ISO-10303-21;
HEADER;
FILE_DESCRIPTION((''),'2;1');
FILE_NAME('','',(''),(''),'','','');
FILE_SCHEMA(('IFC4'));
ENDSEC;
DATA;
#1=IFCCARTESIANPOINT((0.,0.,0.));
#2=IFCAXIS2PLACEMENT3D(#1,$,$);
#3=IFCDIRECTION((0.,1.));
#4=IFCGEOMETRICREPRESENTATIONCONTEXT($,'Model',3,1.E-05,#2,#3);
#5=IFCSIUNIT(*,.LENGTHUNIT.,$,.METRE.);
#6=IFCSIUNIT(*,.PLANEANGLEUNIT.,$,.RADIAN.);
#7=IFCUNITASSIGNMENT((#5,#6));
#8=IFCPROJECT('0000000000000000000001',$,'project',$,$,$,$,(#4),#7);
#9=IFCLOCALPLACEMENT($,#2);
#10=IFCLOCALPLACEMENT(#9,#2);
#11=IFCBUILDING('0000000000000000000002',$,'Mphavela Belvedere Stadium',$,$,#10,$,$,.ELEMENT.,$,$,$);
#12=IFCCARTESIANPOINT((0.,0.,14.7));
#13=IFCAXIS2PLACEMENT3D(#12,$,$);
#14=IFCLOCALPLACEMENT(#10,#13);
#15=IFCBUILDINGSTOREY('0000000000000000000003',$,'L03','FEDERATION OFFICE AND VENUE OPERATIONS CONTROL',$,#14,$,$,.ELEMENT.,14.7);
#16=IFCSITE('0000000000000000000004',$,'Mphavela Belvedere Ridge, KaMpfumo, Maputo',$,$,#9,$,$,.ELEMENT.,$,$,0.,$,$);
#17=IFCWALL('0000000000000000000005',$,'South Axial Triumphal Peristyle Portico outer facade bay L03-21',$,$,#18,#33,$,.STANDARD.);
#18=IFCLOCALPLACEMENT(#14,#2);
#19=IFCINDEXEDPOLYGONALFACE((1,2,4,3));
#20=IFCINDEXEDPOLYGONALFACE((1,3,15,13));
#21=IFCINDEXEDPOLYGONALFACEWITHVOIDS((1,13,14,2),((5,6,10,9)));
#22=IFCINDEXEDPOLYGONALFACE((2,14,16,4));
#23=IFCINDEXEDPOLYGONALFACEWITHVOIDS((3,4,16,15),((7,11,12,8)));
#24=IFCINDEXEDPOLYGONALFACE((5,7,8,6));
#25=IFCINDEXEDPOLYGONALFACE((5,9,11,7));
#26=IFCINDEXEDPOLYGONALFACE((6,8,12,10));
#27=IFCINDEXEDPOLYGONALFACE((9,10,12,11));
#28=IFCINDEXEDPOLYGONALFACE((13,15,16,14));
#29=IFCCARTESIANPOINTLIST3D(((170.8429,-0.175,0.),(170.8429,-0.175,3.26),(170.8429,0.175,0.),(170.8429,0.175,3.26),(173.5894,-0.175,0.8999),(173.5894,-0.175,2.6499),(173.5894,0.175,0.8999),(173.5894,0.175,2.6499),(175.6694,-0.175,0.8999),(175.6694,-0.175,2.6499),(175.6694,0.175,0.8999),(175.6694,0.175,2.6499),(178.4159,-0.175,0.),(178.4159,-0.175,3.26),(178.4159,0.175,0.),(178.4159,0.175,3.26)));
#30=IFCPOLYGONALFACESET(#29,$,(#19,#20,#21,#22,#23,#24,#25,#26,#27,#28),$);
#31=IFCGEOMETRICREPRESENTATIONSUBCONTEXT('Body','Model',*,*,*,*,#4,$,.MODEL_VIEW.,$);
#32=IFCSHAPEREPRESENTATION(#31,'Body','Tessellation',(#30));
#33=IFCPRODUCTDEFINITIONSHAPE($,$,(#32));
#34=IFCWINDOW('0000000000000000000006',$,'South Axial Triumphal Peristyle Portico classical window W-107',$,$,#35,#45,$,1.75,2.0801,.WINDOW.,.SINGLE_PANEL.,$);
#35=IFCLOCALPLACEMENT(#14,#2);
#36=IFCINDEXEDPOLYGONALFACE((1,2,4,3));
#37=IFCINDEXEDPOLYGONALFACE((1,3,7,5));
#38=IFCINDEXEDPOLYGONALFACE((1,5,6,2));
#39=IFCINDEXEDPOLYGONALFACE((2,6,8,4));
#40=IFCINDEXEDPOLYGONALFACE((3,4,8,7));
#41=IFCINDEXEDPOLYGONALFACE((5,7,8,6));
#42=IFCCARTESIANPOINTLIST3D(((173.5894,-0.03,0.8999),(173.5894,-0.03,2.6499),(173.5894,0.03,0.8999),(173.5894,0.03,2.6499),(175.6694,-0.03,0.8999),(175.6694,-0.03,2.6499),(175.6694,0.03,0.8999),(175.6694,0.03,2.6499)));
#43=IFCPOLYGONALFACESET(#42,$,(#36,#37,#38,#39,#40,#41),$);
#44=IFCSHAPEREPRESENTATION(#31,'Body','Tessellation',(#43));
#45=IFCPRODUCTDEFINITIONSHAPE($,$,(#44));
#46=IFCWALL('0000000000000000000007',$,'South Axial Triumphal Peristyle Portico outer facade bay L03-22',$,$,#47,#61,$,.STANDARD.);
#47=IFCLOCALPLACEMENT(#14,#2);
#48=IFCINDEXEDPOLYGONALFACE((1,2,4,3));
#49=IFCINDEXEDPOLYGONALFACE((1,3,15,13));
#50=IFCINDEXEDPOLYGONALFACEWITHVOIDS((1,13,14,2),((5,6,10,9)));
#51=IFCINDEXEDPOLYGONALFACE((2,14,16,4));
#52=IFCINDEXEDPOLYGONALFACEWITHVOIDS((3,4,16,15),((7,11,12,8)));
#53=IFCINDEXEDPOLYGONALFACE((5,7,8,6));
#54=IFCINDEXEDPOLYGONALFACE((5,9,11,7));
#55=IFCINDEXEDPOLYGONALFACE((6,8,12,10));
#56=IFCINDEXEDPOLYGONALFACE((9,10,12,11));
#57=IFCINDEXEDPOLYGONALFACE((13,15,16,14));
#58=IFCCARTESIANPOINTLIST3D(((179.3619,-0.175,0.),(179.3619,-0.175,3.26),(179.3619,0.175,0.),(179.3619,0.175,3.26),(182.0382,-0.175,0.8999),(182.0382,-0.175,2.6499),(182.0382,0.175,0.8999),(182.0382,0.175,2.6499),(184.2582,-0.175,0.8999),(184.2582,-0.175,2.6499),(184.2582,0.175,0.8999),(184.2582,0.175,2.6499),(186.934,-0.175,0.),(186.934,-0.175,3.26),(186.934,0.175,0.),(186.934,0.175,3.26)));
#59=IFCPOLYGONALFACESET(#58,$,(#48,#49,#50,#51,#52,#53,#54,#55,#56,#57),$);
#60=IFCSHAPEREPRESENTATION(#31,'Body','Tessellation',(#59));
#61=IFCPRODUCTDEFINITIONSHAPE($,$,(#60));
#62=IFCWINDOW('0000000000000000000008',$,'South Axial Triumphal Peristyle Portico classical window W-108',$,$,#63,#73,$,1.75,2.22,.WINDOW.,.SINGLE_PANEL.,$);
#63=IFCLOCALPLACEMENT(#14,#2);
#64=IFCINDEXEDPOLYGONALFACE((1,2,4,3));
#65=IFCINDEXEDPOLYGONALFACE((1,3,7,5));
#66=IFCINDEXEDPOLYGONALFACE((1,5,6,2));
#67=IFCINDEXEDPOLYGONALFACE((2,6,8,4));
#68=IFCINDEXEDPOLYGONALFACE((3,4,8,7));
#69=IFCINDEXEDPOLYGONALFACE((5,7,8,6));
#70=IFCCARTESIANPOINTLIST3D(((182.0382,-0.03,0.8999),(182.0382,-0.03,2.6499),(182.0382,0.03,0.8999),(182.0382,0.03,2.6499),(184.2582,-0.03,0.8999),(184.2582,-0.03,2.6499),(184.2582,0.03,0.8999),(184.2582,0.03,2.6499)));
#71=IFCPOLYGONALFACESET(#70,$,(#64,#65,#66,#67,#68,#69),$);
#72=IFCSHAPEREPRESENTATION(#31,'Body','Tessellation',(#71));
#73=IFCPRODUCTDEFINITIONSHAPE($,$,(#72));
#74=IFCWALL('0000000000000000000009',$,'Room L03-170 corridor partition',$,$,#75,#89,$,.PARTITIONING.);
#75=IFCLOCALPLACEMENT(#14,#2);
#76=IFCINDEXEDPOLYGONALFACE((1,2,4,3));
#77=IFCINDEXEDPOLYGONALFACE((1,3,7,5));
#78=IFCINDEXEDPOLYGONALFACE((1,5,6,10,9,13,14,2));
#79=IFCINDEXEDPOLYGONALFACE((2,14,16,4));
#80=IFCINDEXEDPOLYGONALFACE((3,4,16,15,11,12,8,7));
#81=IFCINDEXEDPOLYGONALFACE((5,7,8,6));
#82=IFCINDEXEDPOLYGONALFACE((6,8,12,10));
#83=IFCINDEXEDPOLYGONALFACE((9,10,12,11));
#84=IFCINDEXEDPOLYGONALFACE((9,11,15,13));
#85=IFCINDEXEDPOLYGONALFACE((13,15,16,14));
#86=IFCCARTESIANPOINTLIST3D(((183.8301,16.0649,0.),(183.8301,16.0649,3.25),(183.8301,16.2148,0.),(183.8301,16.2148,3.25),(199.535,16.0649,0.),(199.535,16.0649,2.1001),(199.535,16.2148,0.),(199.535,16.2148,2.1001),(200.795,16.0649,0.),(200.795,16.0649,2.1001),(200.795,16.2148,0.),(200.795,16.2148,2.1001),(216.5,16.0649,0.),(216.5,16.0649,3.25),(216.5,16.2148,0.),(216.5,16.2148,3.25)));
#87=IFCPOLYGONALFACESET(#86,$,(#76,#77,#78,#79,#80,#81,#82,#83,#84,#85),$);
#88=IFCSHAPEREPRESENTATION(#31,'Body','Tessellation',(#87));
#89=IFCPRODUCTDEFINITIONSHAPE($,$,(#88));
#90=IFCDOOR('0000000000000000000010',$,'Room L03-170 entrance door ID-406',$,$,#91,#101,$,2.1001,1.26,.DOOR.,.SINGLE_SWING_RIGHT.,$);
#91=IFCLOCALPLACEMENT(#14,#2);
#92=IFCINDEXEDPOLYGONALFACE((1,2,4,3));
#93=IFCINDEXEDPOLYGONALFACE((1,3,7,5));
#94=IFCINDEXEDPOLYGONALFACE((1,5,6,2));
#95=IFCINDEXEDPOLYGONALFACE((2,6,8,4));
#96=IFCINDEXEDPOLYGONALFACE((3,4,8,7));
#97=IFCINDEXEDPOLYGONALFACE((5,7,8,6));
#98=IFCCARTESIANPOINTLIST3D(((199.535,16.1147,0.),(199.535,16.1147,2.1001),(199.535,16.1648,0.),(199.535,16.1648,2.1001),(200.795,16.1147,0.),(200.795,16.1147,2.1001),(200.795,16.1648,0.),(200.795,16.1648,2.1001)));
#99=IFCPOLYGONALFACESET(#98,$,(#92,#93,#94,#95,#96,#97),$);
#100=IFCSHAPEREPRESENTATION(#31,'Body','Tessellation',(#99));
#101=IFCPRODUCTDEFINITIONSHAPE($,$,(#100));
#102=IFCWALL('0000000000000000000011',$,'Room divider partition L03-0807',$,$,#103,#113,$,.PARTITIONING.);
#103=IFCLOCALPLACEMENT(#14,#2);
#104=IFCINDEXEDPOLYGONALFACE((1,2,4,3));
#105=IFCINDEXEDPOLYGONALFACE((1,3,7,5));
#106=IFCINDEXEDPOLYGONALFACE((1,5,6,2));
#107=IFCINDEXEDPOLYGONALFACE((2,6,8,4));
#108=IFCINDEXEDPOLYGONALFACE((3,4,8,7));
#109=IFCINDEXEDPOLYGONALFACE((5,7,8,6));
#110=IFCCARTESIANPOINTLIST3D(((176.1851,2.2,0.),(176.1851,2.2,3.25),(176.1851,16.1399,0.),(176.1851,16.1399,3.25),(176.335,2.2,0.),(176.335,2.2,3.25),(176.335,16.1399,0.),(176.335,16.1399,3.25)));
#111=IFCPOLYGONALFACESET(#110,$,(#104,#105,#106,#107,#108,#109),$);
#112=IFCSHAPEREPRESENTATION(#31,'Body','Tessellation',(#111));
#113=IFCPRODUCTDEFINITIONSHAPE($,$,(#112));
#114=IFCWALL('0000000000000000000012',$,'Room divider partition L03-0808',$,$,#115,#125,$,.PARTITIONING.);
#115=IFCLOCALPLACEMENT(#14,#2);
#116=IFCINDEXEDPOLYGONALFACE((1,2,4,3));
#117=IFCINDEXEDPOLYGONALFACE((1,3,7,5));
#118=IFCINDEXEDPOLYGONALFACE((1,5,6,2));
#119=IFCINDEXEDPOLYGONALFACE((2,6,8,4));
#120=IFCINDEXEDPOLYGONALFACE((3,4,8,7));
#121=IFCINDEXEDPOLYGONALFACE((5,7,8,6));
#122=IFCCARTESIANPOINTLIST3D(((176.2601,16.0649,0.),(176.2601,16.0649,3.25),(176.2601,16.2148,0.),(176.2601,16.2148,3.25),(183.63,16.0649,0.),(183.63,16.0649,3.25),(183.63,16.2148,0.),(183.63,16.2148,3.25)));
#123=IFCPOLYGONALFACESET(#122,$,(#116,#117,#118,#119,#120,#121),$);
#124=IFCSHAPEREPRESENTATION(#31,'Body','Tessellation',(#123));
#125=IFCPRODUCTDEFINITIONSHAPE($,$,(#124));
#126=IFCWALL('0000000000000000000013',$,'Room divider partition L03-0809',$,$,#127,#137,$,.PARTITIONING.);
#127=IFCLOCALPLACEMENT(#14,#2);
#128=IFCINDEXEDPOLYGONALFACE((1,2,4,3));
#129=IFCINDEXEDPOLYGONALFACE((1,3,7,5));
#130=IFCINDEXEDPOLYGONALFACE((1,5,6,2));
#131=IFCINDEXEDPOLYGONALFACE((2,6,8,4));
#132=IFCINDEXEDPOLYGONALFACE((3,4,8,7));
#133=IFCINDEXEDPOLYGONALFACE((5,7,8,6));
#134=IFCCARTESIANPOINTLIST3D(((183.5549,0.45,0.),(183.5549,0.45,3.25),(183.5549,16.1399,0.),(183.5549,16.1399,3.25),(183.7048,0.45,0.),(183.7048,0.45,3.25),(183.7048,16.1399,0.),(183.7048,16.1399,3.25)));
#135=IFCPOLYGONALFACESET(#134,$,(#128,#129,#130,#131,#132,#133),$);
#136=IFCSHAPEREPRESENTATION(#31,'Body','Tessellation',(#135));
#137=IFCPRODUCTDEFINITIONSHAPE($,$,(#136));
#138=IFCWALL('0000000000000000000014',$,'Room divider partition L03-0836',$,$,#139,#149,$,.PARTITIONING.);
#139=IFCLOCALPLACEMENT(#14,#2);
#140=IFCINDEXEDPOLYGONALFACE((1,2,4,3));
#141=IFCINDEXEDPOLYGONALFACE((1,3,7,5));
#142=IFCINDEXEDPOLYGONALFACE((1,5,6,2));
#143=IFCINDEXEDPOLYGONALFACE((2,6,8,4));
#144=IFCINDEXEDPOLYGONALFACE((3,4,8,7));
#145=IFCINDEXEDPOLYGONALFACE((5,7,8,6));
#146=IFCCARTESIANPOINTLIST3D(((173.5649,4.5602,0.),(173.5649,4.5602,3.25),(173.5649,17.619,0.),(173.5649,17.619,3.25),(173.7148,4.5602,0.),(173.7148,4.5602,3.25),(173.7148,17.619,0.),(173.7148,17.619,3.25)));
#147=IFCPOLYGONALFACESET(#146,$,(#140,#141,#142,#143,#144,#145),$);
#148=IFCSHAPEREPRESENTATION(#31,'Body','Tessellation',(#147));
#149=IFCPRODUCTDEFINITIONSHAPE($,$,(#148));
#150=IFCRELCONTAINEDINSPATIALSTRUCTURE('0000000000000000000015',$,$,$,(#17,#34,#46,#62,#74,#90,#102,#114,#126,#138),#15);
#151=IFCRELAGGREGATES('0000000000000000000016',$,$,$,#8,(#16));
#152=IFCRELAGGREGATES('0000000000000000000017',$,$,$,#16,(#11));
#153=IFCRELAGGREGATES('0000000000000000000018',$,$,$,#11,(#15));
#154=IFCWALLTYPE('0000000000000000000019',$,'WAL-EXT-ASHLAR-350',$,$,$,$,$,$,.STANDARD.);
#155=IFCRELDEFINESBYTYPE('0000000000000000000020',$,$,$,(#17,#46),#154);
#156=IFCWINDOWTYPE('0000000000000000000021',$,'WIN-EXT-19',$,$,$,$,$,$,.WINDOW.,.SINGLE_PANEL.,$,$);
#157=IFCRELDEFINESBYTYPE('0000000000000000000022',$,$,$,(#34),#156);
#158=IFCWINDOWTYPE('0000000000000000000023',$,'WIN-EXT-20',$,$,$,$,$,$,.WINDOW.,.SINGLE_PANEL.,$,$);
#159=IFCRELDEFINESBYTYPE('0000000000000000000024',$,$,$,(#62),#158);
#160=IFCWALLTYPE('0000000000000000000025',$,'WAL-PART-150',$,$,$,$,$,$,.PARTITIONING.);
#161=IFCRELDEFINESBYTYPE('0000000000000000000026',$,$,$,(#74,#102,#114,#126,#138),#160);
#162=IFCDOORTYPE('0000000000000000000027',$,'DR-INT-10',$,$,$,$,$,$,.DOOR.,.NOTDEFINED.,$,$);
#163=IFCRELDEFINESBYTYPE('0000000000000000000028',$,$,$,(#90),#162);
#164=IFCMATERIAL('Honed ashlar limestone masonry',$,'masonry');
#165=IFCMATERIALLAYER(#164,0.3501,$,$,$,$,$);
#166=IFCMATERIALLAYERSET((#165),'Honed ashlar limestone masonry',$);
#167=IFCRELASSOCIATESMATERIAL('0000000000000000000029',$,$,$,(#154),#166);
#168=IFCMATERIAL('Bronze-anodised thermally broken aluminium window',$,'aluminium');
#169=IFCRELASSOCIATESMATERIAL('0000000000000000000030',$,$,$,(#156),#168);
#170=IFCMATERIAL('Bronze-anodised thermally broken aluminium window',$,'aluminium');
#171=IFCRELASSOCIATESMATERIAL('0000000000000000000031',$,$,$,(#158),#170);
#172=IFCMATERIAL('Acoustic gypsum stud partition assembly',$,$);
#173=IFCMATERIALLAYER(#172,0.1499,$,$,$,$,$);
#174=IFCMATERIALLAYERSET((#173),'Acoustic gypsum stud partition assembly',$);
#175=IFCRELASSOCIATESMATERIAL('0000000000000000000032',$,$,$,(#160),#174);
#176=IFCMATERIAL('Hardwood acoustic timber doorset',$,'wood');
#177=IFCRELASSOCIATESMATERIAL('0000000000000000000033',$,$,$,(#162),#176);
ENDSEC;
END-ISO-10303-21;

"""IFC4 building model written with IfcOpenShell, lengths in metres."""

from ifc_helpers import new_model, si_unit, direction, frame, frame_2d, origin, place, context, subcontext, project, spatial, rectangle, extrude, material, layer, layer_set, type_object, element, fill, save


model = new_model("IFC4")

# Units and contexts
model_context = context("Model", 3, precision=1e-05, world=origin(), true_north=direction((0.0, 1.0)))
body_context = subcontext(model_context, "Body", "Model", "MODEL_VIEW")
ifc_project = project(units=[si_unit("LENGTHUNIT", "METRE"), si_unit("PLANEANGLEUNIT", "RADIAN")], contexts=[model_context])

# Site, building, storey
site_placement = place(None, origin())
site = spatial("IfcSite", under=ifc_project, at=site_placement, Name="Mphavela Belvedere Ridge, KaMpfumo, Maputo", CompositionType="ELEMENT", RefElevation=0.0)
building_placement = place(site_placement, origin())
building = spatial("IfcBuilding", under=site, at=building_placement, Name="Mphavela Belvedere Stadium", CompositionType="ELEMENT")
storey_placement = place(building_placement, frame((0.0, 0.0, 14.7)))
storey = spatial("IfcBuildingStorey", under=building, at=storey_placement, Name="L03", Description="FEDERATION OFFICE AND VENUE OPERATIONS CONTROL", CompositionType="ELEMENT", Elevation=14.7)

# Walls, openings, windows
ifc_material_1 = material(Name="Honed ashlar limestone masonry", Category="masonry")
ifc_layer_1 = layer(ifc_material_1, 0.3501)
ifc_layer_set_1 = layer_set([ifc_layer_1], Name="Honed ashlar limestone masonry")
wall_type_1 = type_object("IfcWallType", Name="WAL-EXT-ASHLAR-350", PredefinedType="STANDARD", material=ifc_layer_set_1)
wall_1_placement = place(storey_placement, frame((178.416, 0.0, 0.0), z_axis=(0.0, 0.0, 1.0), x_axis=(-1.0, 0.0, 0.0)))
wall_1 = element("IfcWall", 1, at=wall_1_placement, inside=storey, type_object=wall_type_1, Name="South Axial Triumphal Peristyle Portico outer facade bay L03-21", PredefinedType="STANDARD", context=body_context, shape_type="SweptSolid", body=[
    extrude(rectangle(XDim=7.573, YDim=0.3501, at=frame_2d((3.7866, 0.0))), origin(), (0.0, 0.0, 1.0), 3.26),
])
opening_1_placement = place(wall_1_placement, frame((2.7466, 0.0, 0.8999)))
opening_1 = element("IfcOpeningElement", 2, at=opening_1_placement, cuts=wall_1, PredefinedType="OPENING", context=body_context, shape_type="SweptSolid", body=[
    extrude(rectangle(XDim=2.0801, YDim=1.75, at=frame_2d((1.04, 0.875))), frame((0.0, 0.1851, 0.0), z_axis=(0.0, -1.0, 0.0), x_axis=(1.0, 0.0, 0.0)), (0.0, 0.0, 1.0), 0.3701),
])
ifc_material_2 = material(Name="Bronze-anodised thermally broken aluminium window", Category="aluminium")
window_type_1 = type_object("IfcWindowType", Name="WIN-EXT-19", PartitioningType="SINGLE_PANEL", PredefinedType="WINDOW", material=ifc_material_2)
window_1_placement = place(opening_1_placement, origin())
window_1 = element("IfcWindow", 3, at=window_1_placement, inside=storey, type_object=window_type_1, Name="South Axial Triumphal Peristyle Portico classical window W-107", OverallHeight=1.75, OverallWidth=2.0801, PartitioningType="SINGLE_PANEL", PredefinedType="WINDOW", context=body_context, shape_type="SweptSolid", body=[
    extrude(rectangle(XDim=2.0801, YDim=1.75, at=frame_2d((1.04, 0.875))), frame((0.0, 0.03, 0.0), z_axis=(0.0, -1.0, 0.0), x_axis=(1.0, 0.0, 0.0)), (0.0, 0.0, 1.0), 0.0601),
])
fill(opening_1, window_1)
wall_2_placement = place(storey_placement, frame((186.9341, 0.0, 0.0), z_axis=(0.0, 0.0, 1.0), x_axis=(-1.0, 0.0, 0.0)))
wall_2 = element("IfcWall", 4, at=wall_2_placement, inside=storey, type_object=wall_type_1, Name="South Axial Triumphal Peristyle Portico outer facade bay L03-22", PredefinedType="STANDARD", context=body_context, shape_type="SweptSolid", body=[
    extrude(rectangle(XDim=7.572, YDim=0.3501, at=frame_2d((3.7861, 0.0))), origin(), (0.0, 0.0, 1.0), 3.26),
])
opening_2_placement = place(wall_2_placement, frame((2.676, 0.0, 0.8999)))
opening_2 = element("IfcOpeningElement", 5, at=opening_2_placement, cuts=wall_2, PredefinedType="OPENING", context=body_context, shape_type="SweptSolid", body=[
    extrude(rectangle(XDim=2.22, YDim=1.75, at=frame_2d((1.1099, 0.875))), frame((0.0, 0.1851, 0.0), z_axis=(0.0, -1.0, 0.0), x_axis=(1.0, 0.0, 0.0)), (0.0, 0.0, 1.0), 0.3701),
])
ifc_material_3 = material(Name="Bronze-anodised thermally broken aluminium window", Category="aluminium")
window_type_2 = type_object("IfcWindowType", Name="WIN-EXT-20", PartitioningType="SINGLE_PANEL", PredefinedType="WINDOW", material=ifc_material_3)
window_2_placement = place(opening_2_placement, origin())
window_2 = element("IfcWindow", 6, at=window_2_placement, inside=storey, type_object=window_type_2, Name="South Axial Triumphal Peristyle Portico classical window W-108", OverallHeight=1.75, OverallWidth=2.22, PartitioningType="SINGLE_PANEL", PredefinedType="WINDOW", context=body_context, shape_type="SweptSolid", body=[
    extrude(rectangle(XDim=2.22, YDim=1.75, at=frame_2d((1.1099, 0.875))), frame((0.0, 0.03, 0.0), z_axis=(0.0, -1.0, 0.0), x_axis=(1.0, 0.0, 0.0)), (0.0, 0.0, 1.0), 0.0601),
])
fill(opening_2, window_2)

# Wall, opening, door
ifc_material_4 = material(Name="Acoustic gypsum stud partition assembly")
ifc_layer_2 = layer(ifc_material_4, 0.1499)
ifc_layer_set_2 = layer_set([ifc_layer_2], Name="Acoustic gypsum stud partition assembly")
wall_type_2 = type_object("IfcWallType", Name="WAL-PART-150", PredefinedType="PARTITIONING", material=ifc_layer_set_2)
wall_3_placement = place(storey_placement, frame((183.8301, 16.1399, 0.0), z_axis=(0.0, 0.0, 1.0), x_axis=(1.0, 0.0, 0.0)))
wall_3 = element("IfcWall", 7, at=wall_3_placement, inside=storey, type_object=wall_type_2, Name="Room L03-170 corridor partition", PredefinedType="PARTITIONING", context=body_context, shape_type="SweptSolid", body=[
    extrude(rectangle(XDim=32.6699, YDim=0.1499, at=frame_2d((16.335, 0.0))), origin(), (0.0, 0.0, 1.0), 3.25),
])
opening_3_placement = place(wall_3_placement, frame((15.7051, 0.0, 0.0)))
opening_3 = element("IfcOpeningElement", 8, at=opening_3_placement, cuts=wall_3, PredefinedType="OPENING", context=body_context, shape_type="SweptSolid", body=[
    extrude(rectangle(XDim=1.26, YDim=2.1001, at=frame_2d((0.6299, 1.05))), frame((0.0, 0.085, 0.0), z_axis=(0.0, -1.0, 0.0), x_axis=(1.0, 0.0, 0.0)), (0.0, 0.0, 1.0), 0.1699),
])
ifc_material_5 = material(Name="Hardwood acoustic timber doorset", Category="wood")
door_type = type_object("IfcDoorType", Name="DR-INT-10", OperationType="NOTDEFINED", PredefinedType="DOOR", material=ifc_material_5)
door_placement = place(opening_3_placement, origin())
door = element("IfcDoor", 9, at=door_placement, inside=storey, type_object=door_type, Name="Room L03-170 entrance door ID-406", OperationType="SINGLE_SWING_RIGHT", OverallHeight=2.1001, OverallWidth=1.26, PredefinedType="DOOR", context=body_context, shape_type="SweptSolid", body=[
    extrude(rectangle(XDim=1.26, YDim=2.1001, at=frame_2d((0.6299, 1.05))), frame((0.0, 0.0249, 0.0), z_axis=(0.0, -1.0, 0.0), x_axis=(1.0, 0.0, 0.0)), (0.0, 0.0, 1.0), 0.05),
])
fill(opening_3, door)

# Walls
wall_4_placement = place(storey_placement, frame((176.26, 2.2, 0.0), z_axis=(0.0, 0.0, 1.0), x_axis=(0.0, 1.0, 0.0)))
element("IfcWall", 10, at=wall_4_placement, inside=storey, type_object=wall_type_2, Name="Room divider partition L03-0807", PredefinedType="PARTITIONING", context=body_context, shape_type="SweptSolid", body=[
    extrude(rectangle(XDim=13.9399, YDim=0.1499, at=frame_2d((6.97, 0.0))), origin(), (0.0, 0.0, 1.0), 3.25),
])
wall_5_placement = place(storey_placement, frame((176.26, 16.1399, 0.0), z_axis=(0.0, 0.0, 1.0), x_axis=(1.0, 0.0, 0.0)))
element("IfcWall", 11, at=wall_5_placement, inside=storey, type_object=wall_type_2, Name="Room divider partition L03-0808", PredefinedType="PARTITIONING", context=body_context, shape_type="SweptSolid", body=[
    extrude(rectangle(XDim=7.3699, YDim=0.1499, at=frame_2d((3.6851, 0.0))), origin(), (0.0, 0.0, 1.0), 3.25),
])
wall_6_placement = place(storey_placement, frame((183.6299, 16.1399, 0.0), z_axis=(0.0, 0.0, 1.0), x_axis=(0.0, -1.0, 0.0)))
element("IfcWall", 12, at=wall_6_placement, inside=storey, type_object=wall_type_2, Name="Room divider partition L03-0809", PredefinedType="PARTITIONING", context=body_context, shape_type="SweptSolid", body=[
    extrude(rectangle(XDim=15.6899, YDim=0.1499, at=frame_2d((7.845, 0.0))), origin(), (0.0, 0.0, 1.0), 3.25),
])
wall_7_placement = place(storey_placement, frame((173.6399, 17.6189, 0.0), z_axis=(0.0, 0.0, 1.0), x_axis=(0.0, -1.0, 0.0)))
element("IfcWall", 13, at=wall_7_placement, inside=storey, type_object=wall_type_2, Name="Room divider partition L03-0836", PredefinedType="PARTITIONING", context=body_context, shape_type="SweptSolid", body=[
    extrude(rectangle(XDim=13.0588, YDim=0.1499, at=frame_2d((6.5293, 0.0))), origin(), (0.0, 0.0, 1.0), 3.25),
])

save(model, "model.ifc")
